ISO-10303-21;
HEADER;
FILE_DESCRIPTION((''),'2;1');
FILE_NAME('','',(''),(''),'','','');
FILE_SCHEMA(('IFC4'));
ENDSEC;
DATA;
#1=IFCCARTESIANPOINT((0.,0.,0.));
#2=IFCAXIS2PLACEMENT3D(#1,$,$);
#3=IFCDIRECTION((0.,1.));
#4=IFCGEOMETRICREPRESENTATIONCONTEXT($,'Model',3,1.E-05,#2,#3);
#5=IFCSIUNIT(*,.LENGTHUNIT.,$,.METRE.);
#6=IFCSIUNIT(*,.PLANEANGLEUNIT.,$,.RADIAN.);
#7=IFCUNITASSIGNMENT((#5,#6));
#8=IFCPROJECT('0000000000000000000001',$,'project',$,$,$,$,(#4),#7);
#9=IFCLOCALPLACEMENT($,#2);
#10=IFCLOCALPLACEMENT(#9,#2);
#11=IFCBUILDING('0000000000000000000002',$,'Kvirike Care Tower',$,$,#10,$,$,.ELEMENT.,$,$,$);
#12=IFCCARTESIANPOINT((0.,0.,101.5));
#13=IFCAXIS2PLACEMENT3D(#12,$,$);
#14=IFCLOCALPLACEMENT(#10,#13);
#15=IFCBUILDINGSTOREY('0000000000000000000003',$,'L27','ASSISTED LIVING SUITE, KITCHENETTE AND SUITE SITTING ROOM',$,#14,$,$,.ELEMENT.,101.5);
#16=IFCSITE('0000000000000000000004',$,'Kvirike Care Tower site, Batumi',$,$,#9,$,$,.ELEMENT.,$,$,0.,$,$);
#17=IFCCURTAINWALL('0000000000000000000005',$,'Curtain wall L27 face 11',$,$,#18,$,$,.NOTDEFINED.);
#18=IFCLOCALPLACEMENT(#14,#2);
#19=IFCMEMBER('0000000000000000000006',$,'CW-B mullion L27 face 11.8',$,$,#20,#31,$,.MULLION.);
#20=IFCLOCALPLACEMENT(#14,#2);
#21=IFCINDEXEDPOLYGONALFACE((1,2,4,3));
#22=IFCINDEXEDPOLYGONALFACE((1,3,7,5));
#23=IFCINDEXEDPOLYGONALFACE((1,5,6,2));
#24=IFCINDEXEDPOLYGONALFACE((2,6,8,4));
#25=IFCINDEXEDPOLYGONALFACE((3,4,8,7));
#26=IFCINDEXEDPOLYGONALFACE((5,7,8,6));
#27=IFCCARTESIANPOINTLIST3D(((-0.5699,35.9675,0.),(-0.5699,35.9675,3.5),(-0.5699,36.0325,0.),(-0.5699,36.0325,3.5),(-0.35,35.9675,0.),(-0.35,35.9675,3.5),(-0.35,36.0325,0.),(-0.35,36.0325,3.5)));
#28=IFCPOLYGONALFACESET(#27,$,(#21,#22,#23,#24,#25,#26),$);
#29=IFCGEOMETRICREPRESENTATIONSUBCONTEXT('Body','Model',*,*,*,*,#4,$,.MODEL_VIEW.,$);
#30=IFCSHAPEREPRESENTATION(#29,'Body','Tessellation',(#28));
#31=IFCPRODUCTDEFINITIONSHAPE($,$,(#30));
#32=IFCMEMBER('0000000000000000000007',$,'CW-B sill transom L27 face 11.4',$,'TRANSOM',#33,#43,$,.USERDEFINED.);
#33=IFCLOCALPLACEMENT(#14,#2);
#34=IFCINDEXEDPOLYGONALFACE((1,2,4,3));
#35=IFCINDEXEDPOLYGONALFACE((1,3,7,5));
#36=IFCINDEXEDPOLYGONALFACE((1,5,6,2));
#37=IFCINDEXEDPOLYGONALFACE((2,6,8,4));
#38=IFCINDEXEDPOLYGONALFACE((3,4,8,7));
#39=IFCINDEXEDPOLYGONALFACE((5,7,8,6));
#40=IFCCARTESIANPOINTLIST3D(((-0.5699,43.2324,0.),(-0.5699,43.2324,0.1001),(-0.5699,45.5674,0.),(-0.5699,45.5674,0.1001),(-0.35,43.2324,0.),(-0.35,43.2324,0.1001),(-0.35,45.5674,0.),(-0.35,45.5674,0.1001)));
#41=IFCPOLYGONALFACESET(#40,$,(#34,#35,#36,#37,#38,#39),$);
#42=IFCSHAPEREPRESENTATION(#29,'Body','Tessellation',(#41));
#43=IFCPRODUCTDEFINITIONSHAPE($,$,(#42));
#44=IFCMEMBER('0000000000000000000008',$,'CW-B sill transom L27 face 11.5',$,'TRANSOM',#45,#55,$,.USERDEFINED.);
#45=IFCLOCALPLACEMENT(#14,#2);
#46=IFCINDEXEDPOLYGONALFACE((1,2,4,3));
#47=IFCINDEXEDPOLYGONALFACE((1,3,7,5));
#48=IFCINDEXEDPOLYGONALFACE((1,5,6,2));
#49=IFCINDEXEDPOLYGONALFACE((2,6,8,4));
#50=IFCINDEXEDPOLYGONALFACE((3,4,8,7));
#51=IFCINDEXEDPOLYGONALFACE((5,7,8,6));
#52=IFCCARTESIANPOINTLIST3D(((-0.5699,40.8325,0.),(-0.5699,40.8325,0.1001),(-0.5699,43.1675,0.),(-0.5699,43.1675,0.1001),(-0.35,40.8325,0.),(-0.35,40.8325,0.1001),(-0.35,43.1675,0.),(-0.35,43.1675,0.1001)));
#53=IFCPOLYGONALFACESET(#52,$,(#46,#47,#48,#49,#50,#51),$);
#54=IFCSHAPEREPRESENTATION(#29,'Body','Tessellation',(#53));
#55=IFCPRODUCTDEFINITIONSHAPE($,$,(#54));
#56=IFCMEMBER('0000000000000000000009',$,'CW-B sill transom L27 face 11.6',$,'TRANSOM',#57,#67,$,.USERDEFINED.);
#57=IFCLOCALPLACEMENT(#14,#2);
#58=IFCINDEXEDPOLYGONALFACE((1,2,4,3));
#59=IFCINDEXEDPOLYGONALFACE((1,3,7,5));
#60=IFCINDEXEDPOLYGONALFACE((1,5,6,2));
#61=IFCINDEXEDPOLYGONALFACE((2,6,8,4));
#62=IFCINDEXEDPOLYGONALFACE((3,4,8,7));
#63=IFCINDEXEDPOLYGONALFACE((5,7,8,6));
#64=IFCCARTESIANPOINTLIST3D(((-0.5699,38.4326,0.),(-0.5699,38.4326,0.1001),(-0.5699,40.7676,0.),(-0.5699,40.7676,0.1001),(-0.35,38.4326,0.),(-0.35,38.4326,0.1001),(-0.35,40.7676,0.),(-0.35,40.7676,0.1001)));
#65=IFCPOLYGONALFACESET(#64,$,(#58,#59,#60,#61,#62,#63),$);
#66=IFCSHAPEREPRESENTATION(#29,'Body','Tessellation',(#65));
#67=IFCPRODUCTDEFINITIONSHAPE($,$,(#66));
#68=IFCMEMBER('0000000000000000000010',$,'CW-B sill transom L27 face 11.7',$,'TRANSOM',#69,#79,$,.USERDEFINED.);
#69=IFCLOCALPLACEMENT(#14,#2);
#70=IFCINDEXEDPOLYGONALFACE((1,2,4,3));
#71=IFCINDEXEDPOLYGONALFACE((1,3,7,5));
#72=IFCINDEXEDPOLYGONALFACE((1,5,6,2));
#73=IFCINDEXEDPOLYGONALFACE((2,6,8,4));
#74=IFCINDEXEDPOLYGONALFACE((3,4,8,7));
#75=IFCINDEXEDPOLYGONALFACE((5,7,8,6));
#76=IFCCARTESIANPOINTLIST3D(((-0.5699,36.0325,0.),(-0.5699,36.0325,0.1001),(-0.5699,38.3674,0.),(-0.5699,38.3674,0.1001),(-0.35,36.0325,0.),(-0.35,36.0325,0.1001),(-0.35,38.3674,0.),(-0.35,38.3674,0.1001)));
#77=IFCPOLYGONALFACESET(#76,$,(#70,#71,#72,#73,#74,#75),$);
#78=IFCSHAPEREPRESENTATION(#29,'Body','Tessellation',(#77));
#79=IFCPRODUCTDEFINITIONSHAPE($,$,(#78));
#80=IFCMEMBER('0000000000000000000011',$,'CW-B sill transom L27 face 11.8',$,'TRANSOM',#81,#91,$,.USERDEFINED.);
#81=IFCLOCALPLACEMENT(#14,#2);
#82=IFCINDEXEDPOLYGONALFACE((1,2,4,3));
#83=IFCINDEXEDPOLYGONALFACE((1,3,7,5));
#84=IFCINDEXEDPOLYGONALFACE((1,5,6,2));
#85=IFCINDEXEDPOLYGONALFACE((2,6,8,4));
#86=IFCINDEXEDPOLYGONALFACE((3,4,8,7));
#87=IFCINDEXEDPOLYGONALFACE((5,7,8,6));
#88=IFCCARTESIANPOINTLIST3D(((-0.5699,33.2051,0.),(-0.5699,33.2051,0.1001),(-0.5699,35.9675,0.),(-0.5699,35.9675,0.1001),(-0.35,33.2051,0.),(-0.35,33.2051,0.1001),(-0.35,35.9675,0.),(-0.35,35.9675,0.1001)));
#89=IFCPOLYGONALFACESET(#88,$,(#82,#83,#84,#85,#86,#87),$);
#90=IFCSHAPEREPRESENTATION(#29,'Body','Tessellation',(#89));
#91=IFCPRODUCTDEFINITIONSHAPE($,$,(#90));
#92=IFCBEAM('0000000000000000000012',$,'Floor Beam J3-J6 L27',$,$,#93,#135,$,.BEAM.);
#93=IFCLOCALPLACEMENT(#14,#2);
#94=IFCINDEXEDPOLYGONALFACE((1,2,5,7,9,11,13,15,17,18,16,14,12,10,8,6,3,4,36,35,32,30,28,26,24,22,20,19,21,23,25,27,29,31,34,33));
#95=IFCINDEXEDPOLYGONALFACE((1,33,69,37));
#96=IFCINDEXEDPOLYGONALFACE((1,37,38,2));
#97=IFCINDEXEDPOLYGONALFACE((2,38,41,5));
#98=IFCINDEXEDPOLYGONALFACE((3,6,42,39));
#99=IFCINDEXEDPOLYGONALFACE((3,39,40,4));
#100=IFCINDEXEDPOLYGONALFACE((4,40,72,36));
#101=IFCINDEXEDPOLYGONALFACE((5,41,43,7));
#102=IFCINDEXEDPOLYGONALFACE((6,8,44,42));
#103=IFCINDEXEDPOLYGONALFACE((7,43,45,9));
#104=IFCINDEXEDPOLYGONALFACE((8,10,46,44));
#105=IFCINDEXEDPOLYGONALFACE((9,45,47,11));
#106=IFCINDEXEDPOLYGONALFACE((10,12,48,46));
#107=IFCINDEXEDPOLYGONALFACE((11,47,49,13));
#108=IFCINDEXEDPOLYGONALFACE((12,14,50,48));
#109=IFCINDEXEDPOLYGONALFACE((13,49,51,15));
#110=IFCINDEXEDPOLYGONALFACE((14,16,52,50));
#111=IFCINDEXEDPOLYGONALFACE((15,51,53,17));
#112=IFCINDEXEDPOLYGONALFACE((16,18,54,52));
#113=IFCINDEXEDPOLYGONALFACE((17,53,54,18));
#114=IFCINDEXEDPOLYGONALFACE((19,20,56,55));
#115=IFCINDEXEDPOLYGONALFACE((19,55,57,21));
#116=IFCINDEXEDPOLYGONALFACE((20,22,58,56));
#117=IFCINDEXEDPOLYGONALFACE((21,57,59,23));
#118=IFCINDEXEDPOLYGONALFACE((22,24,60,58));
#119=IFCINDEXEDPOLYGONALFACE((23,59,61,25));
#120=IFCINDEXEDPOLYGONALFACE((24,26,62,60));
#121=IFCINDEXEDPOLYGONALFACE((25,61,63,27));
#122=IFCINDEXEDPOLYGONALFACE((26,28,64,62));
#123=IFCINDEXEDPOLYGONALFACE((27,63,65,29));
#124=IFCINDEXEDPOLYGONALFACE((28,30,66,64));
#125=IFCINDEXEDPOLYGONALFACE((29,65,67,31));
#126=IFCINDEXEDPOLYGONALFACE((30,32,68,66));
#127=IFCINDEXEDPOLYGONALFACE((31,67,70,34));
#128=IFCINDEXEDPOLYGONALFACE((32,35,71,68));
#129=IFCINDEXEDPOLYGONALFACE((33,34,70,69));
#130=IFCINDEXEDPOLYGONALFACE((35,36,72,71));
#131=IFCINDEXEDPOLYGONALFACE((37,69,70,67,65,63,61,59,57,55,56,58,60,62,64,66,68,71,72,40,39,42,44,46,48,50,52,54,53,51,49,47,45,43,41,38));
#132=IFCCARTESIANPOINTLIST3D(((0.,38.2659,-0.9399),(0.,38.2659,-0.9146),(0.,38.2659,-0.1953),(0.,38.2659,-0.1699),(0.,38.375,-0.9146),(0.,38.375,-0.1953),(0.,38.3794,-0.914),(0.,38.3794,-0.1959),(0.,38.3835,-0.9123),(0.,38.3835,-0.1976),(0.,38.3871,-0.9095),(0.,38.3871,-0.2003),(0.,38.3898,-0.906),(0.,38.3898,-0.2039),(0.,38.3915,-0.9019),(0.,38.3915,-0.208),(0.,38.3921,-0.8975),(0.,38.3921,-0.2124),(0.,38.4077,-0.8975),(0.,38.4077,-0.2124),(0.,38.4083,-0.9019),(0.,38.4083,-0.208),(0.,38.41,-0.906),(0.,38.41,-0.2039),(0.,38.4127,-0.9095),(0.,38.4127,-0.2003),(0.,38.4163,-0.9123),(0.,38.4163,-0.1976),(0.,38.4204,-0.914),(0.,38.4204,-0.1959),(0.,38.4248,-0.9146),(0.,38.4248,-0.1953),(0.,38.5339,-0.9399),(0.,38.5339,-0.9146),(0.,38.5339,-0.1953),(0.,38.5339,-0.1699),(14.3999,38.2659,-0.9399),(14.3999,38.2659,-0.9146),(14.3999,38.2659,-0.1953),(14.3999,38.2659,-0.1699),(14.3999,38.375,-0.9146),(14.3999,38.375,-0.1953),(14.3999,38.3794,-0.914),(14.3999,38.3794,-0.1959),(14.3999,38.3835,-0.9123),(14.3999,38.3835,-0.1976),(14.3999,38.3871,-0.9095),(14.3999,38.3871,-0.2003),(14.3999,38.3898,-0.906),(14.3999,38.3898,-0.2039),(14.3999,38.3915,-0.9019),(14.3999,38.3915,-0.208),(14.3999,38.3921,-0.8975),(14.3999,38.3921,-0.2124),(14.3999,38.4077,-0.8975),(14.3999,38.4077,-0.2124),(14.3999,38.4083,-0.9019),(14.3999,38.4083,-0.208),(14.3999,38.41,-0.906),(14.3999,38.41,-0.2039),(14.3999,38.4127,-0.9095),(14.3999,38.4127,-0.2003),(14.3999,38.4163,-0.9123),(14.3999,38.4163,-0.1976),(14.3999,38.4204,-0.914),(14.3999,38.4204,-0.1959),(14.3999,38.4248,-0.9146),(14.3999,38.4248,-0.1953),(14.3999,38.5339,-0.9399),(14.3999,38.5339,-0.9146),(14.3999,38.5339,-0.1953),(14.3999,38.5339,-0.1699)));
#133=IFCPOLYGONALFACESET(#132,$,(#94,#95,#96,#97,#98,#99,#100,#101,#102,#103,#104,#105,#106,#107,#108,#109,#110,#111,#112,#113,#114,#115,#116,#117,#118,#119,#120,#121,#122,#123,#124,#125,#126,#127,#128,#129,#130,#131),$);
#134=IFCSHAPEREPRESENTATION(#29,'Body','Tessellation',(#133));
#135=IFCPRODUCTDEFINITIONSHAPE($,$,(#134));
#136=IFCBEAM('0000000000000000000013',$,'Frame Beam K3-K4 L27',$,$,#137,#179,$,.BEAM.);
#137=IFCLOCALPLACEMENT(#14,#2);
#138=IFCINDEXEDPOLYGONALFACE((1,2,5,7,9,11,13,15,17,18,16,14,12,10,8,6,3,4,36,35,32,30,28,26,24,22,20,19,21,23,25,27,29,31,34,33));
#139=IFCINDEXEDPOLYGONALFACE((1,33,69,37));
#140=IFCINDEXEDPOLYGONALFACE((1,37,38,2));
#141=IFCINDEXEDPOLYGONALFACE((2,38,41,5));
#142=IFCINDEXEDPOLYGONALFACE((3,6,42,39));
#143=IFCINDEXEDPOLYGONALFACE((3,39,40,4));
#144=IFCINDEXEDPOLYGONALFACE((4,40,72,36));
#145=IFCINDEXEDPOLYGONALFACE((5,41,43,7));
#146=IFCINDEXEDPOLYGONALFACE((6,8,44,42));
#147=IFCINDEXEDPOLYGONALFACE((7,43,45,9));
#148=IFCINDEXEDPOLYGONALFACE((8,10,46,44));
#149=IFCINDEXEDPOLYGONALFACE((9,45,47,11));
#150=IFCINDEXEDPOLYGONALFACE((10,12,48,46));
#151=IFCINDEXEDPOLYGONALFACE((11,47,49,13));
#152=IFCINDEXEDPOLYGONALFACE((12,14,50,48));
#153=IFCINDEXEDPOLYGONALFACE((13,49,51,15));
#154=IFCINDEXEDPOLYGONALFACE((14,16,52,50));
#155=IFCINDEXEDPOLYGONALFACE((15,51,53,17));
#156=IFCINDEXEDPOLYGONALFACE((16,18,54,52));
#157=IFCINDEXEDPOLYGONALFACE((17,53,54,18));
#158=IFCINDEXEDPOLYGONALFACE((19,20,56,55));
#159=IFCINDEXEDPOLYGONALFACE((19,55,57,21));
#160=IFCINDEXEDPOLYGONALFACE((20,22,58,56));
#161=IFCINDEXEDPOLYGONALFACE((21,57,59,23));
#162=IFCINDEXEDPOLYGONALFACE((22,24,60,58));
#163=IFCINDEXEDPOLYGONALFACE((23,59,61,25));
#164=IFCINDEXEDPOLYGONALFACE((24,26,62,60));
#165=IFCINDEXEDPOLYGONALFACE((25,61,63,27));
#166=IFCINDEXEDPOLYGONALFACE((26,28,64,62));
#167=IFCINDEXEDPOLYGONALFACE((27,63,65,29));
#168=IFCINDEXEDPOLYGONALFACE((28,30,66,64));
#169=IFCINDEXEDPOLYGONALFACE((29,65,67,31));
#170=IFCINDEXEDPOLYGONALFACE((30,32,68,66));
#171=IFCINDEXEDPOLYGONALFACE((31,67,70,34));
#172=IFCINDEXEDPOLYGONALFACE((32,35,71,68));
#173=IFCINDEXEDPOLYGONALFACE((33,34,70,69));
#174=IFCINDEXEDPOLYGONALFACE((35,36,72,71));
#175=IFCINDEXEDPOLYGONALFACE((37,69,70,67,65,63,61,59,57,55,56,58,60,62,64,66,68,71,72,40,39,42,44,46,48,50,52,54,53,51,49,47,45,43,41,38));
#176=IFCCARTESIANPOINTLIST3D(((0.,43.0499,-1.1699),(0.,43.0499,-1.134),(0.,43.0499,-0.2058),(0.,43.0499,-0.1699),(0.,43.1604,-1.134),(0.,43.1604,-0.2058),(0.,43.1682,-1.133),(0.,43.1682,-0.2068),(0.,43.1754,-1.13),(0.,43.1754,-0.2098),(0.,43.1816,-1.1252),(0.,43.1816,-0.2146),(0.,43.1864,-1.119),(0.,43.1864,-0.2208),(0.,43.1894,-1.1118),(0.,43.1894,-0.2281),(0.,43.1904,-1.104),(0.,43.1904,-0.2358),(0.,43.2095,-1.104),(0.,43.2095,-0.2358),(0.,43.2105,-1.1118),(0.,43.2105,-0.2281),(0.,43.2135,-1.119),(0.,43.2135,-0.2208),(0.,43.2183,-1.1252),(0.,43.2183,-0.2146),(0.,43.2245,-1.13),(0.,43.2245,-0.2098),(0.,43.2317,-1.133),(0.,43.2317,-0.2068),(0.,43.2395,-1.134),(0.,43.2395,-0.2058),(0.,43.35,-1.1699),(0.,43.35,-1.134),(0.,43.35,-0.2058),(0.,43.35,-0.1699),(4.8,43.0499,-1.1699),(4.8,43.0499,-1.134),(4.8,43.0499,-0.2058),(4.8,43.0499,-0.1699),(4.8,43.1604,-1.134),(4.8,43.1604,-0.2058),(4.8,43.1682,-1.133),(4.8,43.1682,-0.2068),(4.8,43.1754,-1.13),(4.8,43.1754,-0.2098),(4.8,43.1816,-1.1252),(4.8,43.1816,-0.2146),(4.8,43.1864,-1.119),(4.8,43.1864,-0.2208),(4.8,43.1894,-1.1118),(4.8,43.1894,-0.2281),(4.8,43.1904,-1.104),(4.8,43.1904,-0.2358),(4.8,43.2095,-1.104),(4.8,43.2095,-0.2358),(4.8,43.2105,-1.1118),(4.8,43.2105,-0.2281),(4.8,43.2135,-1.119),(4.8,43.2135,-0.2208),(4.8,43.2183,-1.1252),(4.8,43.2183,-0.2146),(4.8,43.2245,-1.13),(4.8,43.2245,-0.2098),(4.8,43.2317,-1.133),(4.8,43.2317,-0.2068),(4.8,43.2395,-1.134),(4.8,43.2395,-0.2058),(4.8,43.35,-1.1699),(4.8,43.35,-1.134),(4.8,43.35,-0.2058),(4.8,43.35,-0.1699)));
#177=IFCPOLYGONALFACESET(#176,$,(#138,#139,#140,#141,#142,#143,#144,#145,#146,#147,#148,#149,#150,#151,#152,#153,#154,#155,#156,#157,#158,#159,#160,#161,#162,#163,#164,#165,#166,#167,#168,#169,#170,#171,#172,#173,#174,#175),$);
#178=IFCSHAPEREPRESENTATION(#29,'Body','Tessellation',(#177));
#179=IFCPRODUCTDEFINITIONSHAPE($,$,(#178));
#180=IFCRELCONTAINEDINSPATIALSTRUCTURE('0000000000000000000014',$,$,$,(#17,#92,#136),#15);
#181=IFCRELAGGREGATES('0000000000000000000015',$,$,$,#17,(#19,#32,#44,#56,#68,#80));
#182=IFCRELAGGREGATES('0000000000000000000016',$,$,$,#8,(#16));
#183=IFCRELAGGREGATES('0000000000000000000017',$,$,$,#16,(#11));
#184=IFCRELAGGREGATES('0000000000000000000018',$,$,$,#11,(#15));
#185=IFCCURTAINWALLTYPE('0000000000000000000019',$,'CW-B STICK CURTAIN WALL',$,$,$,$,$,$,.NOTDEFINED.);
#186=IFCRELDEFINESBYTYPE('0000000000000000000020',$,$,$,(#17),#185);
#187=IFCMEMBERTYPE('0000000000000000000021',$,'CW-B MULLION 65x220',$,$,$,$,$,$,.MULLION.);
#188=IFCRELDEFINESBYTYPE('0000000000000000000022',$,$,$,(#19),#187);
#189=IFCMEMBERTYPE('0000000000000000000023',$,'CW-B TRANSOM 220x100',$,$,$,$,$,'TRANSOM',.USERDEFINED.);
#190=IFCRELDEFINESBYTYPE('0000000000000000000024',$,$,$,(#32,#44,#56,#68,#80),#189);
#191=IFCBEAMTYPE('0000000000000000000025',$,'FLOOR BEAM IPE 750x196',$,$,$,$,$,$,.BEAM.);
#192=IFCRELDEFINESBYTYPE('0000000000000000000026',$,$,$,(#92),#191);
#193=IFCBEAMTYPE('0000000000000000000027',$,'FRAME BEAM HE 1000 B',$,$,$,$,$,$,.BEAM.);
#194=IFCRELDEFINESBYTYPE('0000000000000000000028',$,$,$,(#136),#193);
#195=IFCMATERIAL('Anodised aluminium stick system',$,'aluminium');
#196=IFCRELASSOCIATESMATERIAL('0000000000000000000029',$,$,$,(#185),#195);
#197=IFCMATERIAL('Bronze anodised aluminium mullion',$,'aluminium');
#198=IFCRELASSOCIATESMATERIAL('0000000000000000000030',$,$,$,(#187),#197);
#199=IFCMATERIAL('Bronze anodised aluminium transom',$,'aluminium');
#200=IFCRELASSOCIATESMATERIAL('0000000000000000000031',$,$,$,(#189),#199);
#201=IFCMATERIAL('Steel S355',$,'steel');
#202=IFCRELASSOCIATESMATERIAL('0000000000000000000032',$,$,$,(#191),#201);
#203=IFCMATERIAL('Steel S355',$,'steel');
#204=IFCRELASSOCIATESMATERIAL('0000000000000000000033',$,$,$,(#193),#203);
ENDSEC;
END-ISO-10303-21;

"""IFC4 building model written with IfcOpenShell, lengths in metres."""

from ifc_helpers import new_model, si_unit, direction, frame, origin, origin_2d, place, context, subcontext, project, spatial, rectangle, i_section, extrude, material, material_profile, profile_set, type_object, element, aggregate, save


model = new_model("IFC4")

# Units and contexts
model_context = context("Model", 3, precision=1e-05, world=origin(), true_north=direction((0.0, 1.0)))
body_context = subcontext(model_context, "Body", "Model", "MODEL_VIEW")
ifc_project = project(units=[si_unit("LENGTHUNIT", "METRE"), si_unit("PLANEANGLEUNIT", "RADIAN")], contexts=[model_context])

# Site, building, storey
site_placement = place(None, origin())
site = spatial("IfcSite", under=ifc_project, at=site_placement, Name="Kvirike Care Tower site, Batumi", CompositionType="ELEMENT", RefElevation=0.0)
building_placement = place(site_placement, origin())
building = spatial("IfcBuilding", under=site, at=building_placement, Name="Kvirike Care Tower", CompositionType="ELEMENT")
storey_placement = place(building_placement, frame((0.0, 0.0, 101.5)))
storey = spatial("IfcBuildingStorey", under=building, at=storey_placement, Name="L27", Description="ASSISTED LIVING SUITE, KITCHENETTE AND SUITE SITTING ROOM", CompositionType="ELEMENT", Elevation=101.5)

# Curtain wall, members
ifc_material_1 = material(Name="Anodised aluminium stick system", Category="aluminium")
curtain_wall_type = type_object("IfcCurtainWallType", Name="CW-B STICK CURTAIN WALL", PredefinedType="NOTDEFINED", material=ifc_material_1)
curtain_wall_placement = place(storey_placement, origin())
curtain_wall = element("IfcCurtainWall", 1, at=curtain_wall_placement, inside=storey, type_object=curtain_wall_type, Name="Curtain wall L27 face 11", PredefinedType="NOTDEFINED")
ifc_material_2 = material(Name="Bronze anodised aluminium mullion", Category="aluminium")
ifc_material_profile_1 = material_profile(ifc_material_2, rectangle(XDim=0.0649, YDim=0.22, at=origin_2d()), Name="CW-B MULLION 65x220")
ifc_profile_set_1 = profile_set([ifc_material_profile_1], Name="Bronze anodised aluminium mullion")
member_type_1 = type_object("IfcMemberType", Name="CW-B MULLION 65x220", PredefinedType="MULLION", material=ifc_profile_set_1)
member_1_placement = place(storey_placement, frame((-0.46, 36.0, 0.0), z_axis=(0.0, 0.0, 1.0), x_axis=(0.0, -1.0, 0.0)))
member_1 = element("IfcMember", 2, at=member_1_placement, type_object=member_type_1, Name="CW-B mullion L27 face 11.8", PredefinedType="MULLION", context=body_context, shape_type="SweptSolid", body=[
    extrude(rectangle(XDim=0.0649, YDim=0.22, at=origin_2d()), origin(), (0.0, 0.0, 1.0), 3.5),
])
ifc_material_3 = material(Name="Bronze anodised aluminium transom", Category="aluminium")
ifc_material_profile_2 = material_profile(ifc_material_3, rectangle(XDim=0.22, YDim=0.1001, at=origin_2d()), Name="CW-B TRANSOM 220x100")
ifc_profile_set_2 = profile_set([ifc_material_profile_2], Name="Bronze anodised aluminium transom")
member_type_2 = type_object("IfcMemberType", Name="CW-B TRANSOM 220x100", ElementType="TRANSOM", PredefinedType="USERDEFINED", material=ifc_profile_set_2)
member_2_placement = place(storey_placement, frame((-0.46, 45.5674, 0.05), z_axis=(0.0, -1.0, 0.0), x_axis=(1.0, 0.0, 0.0)))
member_2 = element("IfcMember", 3, at=member_2_placement, type_object=member_type_2, Name="CW-B sill transom L27 face 11.4", ObjectType="TRANSOM", PredefinedType="USERDEFINED", context=body_context, shape_type="SweptSolid", body=[
    extrude(rectangle(XDim=0.22, YDim=0.1001, at=origin_2d()), origin(), (0.0, 0.0, 1.0), 2.335),
])
member_3_placement = place(storey_placement, frame((-0.46, 43.1675, 0.05), z_axis=(0.0, -1.0, 0.0), x_axis=(1.0, 0.0, 0.0)))
member_3 = element("IfcMember", 4, at=member_3_placement, type_object=member_type_2, Name="CW-B sill transom L27 face 11.5", ObjectType="TRANSOM", PredefinedType="USERDEFINED", context=body_context, shape_type="SweptSolid", body=[
    extrude(rectangle(XDim=0.22, YDim=0.1001, at=origin_2d()), origin(), (0.0, 0.0, 1.0), 2.335),
])
member_4_placement = place(storey_placement, frame((-0.46, 40.7676, 0.05), z_axis=(0.0, -1.0, 0.0), x_axis=(1.0, 0.0, 0.0)))
member_4 = element("IfcMember", 5, at=member_4_placement, type_object=member_type_2, Name="CW-B sill transom L27 face 11.6", ObjectType="TRANSOM", PredefinedType="USERDEFINED", context=body_context, shape_type="SweptSolid", body=[
    extrude(rectangle(XDim=0.22, YDim=0.1001, at=origin_2d()), origin(), (0.0, 0.0, 1.0), 2.335),
])
member_5_placement = place(storey_placement, frame((-0.46, 38.3674, 0.05), z_axis=(0.0, -1.0, 0.0), x_axis=(1.0, 0.0, 0.0)))
member_5 = element("IfcMember", 6, at=member_5_placement, type_object=member_type_2, Name="CW-B sill transom L27 face 11.7", ObjectType="TRANSOM", PredefinedType="USERDEFINED", context=body_context, shape_type="SweptSolid", body=[
    extrude(rectangle(XDim=0.22, YDim=0.1001, at=origin_2d()), origin(), (0.0, 0.0, 1.0), 2.335),
])
member_6_placement = place(storey_placement, frame((-0.46, 35.9675, 0.05), z_axis=(0.0, -1.0, 0.0), x_axis=(1.0, 0.0, 0.0)))
member_6 = element("IfcMember", 7, at=member_6_placement, type_object=member_type_2, Name="CW-B sill transom L27 face 11.8", ObjectType="TRANSOM", PredefinedType="USERDEFINED", context=body_context, shape_type="SweptSolid", body=[
    extrude(rectangle(XDim=0.22, YDim=0.1001, at=origin_2d()), origin(), (0.0, 0.0, 1.0), 2.7625),
])

# Beams
ifc_material_4 = material(Name="Steel S355", Category="steel")
ifc_material_profile_3 = material_profile(ifc_material_4, i_section(OverallWidth=0.2681, OverallDepth=0.77, WebThickness=0.0156, FlangeThickness=0.0254, FilletRadius=0.0171, at=origin_2d()), Name="IPE 750x196")
ifc_profile_set_3 = profile_set([ifc_material_profile_3], Name="Steel S355")
beam_type_1 = type_object("IfcBeamType", Name="FLOOR BEAM IPE 750x196", PredefinedType="BEAM", material=ifc_profile_set_3)
beam_1_placement = place(storey_placement, frame((0.0, 38.3999, -0.5549), z_axis=(1.0, 0.0, 0.0), x_axis=(0.0, 1.0, 0.0)))
element("IfcBeam", 8, at=beam_1_placement, inside=storey, type_object=beam_type_1, Name="Floor Beam J3-J6 L27", PredefinedType="BEAM", context=body_context, shape_type="SweptSolid", body=[
    extrude(i_section(OverallWidth=0.2681, OverallDepth=0.77, WebThickness=0.0156, FlangeThickness=0.0254, FilletRadius=0.0171, at=origin_2d()), origin(), (0.0, 0.0, 1.0), 14.3999),
])
ifc_material_5 = material(Name="Steel S355", Category="steel")
ifc_material_profile_4 = material_profile(ifc_material_5, i_section(OverallWidth=0.3, OverallDepth=1.0, WebThickness=0.019, FlangeThickness=0.0359, FilletRadius=0.03, at=origin_2d()), Name="HE 1000 B")
ifc_profile_set_4 = profile_set([ifc_material_profile_4], Name="Steel S355")
beam_type_2 = type_object("IfcBeamType", Name="FRAME BEAM HE 1000 B", PredefinedType="BEAM", material=ifc_profile_set_4)
for number, where, z_axis, x_axis, name in (
    (9, (0.0, 43.2, -0.6699), (1.0, 0.0, 0.0), (0.0, 1.0, 0.0), "Frame Beam K3-K4 L27"),
):
    element("IfcBeam", number, at=place(storey_placement, frame(where, z_axis=z_axis, x_axis=x_axis)), inside=storey, type_object=beam_type_2, Name=name, PredefinedType="BEAM", context=body_context, shape_type="SweptSolid", body=[
        extrude(i_section(OverallWidth=0.3, OverallDepth=1.0, WebThickness=0.019, FlangeThickness=0.0359, FilletRadius=0.03, at=origin_2d()), origin(), (0.0, 0.0, 1.0), 4.8),
    ])

aggregate(curtain_wall, [member_1, member_2, member_3, member_4, member_5, member_6])

save(model, "model.ifc")
